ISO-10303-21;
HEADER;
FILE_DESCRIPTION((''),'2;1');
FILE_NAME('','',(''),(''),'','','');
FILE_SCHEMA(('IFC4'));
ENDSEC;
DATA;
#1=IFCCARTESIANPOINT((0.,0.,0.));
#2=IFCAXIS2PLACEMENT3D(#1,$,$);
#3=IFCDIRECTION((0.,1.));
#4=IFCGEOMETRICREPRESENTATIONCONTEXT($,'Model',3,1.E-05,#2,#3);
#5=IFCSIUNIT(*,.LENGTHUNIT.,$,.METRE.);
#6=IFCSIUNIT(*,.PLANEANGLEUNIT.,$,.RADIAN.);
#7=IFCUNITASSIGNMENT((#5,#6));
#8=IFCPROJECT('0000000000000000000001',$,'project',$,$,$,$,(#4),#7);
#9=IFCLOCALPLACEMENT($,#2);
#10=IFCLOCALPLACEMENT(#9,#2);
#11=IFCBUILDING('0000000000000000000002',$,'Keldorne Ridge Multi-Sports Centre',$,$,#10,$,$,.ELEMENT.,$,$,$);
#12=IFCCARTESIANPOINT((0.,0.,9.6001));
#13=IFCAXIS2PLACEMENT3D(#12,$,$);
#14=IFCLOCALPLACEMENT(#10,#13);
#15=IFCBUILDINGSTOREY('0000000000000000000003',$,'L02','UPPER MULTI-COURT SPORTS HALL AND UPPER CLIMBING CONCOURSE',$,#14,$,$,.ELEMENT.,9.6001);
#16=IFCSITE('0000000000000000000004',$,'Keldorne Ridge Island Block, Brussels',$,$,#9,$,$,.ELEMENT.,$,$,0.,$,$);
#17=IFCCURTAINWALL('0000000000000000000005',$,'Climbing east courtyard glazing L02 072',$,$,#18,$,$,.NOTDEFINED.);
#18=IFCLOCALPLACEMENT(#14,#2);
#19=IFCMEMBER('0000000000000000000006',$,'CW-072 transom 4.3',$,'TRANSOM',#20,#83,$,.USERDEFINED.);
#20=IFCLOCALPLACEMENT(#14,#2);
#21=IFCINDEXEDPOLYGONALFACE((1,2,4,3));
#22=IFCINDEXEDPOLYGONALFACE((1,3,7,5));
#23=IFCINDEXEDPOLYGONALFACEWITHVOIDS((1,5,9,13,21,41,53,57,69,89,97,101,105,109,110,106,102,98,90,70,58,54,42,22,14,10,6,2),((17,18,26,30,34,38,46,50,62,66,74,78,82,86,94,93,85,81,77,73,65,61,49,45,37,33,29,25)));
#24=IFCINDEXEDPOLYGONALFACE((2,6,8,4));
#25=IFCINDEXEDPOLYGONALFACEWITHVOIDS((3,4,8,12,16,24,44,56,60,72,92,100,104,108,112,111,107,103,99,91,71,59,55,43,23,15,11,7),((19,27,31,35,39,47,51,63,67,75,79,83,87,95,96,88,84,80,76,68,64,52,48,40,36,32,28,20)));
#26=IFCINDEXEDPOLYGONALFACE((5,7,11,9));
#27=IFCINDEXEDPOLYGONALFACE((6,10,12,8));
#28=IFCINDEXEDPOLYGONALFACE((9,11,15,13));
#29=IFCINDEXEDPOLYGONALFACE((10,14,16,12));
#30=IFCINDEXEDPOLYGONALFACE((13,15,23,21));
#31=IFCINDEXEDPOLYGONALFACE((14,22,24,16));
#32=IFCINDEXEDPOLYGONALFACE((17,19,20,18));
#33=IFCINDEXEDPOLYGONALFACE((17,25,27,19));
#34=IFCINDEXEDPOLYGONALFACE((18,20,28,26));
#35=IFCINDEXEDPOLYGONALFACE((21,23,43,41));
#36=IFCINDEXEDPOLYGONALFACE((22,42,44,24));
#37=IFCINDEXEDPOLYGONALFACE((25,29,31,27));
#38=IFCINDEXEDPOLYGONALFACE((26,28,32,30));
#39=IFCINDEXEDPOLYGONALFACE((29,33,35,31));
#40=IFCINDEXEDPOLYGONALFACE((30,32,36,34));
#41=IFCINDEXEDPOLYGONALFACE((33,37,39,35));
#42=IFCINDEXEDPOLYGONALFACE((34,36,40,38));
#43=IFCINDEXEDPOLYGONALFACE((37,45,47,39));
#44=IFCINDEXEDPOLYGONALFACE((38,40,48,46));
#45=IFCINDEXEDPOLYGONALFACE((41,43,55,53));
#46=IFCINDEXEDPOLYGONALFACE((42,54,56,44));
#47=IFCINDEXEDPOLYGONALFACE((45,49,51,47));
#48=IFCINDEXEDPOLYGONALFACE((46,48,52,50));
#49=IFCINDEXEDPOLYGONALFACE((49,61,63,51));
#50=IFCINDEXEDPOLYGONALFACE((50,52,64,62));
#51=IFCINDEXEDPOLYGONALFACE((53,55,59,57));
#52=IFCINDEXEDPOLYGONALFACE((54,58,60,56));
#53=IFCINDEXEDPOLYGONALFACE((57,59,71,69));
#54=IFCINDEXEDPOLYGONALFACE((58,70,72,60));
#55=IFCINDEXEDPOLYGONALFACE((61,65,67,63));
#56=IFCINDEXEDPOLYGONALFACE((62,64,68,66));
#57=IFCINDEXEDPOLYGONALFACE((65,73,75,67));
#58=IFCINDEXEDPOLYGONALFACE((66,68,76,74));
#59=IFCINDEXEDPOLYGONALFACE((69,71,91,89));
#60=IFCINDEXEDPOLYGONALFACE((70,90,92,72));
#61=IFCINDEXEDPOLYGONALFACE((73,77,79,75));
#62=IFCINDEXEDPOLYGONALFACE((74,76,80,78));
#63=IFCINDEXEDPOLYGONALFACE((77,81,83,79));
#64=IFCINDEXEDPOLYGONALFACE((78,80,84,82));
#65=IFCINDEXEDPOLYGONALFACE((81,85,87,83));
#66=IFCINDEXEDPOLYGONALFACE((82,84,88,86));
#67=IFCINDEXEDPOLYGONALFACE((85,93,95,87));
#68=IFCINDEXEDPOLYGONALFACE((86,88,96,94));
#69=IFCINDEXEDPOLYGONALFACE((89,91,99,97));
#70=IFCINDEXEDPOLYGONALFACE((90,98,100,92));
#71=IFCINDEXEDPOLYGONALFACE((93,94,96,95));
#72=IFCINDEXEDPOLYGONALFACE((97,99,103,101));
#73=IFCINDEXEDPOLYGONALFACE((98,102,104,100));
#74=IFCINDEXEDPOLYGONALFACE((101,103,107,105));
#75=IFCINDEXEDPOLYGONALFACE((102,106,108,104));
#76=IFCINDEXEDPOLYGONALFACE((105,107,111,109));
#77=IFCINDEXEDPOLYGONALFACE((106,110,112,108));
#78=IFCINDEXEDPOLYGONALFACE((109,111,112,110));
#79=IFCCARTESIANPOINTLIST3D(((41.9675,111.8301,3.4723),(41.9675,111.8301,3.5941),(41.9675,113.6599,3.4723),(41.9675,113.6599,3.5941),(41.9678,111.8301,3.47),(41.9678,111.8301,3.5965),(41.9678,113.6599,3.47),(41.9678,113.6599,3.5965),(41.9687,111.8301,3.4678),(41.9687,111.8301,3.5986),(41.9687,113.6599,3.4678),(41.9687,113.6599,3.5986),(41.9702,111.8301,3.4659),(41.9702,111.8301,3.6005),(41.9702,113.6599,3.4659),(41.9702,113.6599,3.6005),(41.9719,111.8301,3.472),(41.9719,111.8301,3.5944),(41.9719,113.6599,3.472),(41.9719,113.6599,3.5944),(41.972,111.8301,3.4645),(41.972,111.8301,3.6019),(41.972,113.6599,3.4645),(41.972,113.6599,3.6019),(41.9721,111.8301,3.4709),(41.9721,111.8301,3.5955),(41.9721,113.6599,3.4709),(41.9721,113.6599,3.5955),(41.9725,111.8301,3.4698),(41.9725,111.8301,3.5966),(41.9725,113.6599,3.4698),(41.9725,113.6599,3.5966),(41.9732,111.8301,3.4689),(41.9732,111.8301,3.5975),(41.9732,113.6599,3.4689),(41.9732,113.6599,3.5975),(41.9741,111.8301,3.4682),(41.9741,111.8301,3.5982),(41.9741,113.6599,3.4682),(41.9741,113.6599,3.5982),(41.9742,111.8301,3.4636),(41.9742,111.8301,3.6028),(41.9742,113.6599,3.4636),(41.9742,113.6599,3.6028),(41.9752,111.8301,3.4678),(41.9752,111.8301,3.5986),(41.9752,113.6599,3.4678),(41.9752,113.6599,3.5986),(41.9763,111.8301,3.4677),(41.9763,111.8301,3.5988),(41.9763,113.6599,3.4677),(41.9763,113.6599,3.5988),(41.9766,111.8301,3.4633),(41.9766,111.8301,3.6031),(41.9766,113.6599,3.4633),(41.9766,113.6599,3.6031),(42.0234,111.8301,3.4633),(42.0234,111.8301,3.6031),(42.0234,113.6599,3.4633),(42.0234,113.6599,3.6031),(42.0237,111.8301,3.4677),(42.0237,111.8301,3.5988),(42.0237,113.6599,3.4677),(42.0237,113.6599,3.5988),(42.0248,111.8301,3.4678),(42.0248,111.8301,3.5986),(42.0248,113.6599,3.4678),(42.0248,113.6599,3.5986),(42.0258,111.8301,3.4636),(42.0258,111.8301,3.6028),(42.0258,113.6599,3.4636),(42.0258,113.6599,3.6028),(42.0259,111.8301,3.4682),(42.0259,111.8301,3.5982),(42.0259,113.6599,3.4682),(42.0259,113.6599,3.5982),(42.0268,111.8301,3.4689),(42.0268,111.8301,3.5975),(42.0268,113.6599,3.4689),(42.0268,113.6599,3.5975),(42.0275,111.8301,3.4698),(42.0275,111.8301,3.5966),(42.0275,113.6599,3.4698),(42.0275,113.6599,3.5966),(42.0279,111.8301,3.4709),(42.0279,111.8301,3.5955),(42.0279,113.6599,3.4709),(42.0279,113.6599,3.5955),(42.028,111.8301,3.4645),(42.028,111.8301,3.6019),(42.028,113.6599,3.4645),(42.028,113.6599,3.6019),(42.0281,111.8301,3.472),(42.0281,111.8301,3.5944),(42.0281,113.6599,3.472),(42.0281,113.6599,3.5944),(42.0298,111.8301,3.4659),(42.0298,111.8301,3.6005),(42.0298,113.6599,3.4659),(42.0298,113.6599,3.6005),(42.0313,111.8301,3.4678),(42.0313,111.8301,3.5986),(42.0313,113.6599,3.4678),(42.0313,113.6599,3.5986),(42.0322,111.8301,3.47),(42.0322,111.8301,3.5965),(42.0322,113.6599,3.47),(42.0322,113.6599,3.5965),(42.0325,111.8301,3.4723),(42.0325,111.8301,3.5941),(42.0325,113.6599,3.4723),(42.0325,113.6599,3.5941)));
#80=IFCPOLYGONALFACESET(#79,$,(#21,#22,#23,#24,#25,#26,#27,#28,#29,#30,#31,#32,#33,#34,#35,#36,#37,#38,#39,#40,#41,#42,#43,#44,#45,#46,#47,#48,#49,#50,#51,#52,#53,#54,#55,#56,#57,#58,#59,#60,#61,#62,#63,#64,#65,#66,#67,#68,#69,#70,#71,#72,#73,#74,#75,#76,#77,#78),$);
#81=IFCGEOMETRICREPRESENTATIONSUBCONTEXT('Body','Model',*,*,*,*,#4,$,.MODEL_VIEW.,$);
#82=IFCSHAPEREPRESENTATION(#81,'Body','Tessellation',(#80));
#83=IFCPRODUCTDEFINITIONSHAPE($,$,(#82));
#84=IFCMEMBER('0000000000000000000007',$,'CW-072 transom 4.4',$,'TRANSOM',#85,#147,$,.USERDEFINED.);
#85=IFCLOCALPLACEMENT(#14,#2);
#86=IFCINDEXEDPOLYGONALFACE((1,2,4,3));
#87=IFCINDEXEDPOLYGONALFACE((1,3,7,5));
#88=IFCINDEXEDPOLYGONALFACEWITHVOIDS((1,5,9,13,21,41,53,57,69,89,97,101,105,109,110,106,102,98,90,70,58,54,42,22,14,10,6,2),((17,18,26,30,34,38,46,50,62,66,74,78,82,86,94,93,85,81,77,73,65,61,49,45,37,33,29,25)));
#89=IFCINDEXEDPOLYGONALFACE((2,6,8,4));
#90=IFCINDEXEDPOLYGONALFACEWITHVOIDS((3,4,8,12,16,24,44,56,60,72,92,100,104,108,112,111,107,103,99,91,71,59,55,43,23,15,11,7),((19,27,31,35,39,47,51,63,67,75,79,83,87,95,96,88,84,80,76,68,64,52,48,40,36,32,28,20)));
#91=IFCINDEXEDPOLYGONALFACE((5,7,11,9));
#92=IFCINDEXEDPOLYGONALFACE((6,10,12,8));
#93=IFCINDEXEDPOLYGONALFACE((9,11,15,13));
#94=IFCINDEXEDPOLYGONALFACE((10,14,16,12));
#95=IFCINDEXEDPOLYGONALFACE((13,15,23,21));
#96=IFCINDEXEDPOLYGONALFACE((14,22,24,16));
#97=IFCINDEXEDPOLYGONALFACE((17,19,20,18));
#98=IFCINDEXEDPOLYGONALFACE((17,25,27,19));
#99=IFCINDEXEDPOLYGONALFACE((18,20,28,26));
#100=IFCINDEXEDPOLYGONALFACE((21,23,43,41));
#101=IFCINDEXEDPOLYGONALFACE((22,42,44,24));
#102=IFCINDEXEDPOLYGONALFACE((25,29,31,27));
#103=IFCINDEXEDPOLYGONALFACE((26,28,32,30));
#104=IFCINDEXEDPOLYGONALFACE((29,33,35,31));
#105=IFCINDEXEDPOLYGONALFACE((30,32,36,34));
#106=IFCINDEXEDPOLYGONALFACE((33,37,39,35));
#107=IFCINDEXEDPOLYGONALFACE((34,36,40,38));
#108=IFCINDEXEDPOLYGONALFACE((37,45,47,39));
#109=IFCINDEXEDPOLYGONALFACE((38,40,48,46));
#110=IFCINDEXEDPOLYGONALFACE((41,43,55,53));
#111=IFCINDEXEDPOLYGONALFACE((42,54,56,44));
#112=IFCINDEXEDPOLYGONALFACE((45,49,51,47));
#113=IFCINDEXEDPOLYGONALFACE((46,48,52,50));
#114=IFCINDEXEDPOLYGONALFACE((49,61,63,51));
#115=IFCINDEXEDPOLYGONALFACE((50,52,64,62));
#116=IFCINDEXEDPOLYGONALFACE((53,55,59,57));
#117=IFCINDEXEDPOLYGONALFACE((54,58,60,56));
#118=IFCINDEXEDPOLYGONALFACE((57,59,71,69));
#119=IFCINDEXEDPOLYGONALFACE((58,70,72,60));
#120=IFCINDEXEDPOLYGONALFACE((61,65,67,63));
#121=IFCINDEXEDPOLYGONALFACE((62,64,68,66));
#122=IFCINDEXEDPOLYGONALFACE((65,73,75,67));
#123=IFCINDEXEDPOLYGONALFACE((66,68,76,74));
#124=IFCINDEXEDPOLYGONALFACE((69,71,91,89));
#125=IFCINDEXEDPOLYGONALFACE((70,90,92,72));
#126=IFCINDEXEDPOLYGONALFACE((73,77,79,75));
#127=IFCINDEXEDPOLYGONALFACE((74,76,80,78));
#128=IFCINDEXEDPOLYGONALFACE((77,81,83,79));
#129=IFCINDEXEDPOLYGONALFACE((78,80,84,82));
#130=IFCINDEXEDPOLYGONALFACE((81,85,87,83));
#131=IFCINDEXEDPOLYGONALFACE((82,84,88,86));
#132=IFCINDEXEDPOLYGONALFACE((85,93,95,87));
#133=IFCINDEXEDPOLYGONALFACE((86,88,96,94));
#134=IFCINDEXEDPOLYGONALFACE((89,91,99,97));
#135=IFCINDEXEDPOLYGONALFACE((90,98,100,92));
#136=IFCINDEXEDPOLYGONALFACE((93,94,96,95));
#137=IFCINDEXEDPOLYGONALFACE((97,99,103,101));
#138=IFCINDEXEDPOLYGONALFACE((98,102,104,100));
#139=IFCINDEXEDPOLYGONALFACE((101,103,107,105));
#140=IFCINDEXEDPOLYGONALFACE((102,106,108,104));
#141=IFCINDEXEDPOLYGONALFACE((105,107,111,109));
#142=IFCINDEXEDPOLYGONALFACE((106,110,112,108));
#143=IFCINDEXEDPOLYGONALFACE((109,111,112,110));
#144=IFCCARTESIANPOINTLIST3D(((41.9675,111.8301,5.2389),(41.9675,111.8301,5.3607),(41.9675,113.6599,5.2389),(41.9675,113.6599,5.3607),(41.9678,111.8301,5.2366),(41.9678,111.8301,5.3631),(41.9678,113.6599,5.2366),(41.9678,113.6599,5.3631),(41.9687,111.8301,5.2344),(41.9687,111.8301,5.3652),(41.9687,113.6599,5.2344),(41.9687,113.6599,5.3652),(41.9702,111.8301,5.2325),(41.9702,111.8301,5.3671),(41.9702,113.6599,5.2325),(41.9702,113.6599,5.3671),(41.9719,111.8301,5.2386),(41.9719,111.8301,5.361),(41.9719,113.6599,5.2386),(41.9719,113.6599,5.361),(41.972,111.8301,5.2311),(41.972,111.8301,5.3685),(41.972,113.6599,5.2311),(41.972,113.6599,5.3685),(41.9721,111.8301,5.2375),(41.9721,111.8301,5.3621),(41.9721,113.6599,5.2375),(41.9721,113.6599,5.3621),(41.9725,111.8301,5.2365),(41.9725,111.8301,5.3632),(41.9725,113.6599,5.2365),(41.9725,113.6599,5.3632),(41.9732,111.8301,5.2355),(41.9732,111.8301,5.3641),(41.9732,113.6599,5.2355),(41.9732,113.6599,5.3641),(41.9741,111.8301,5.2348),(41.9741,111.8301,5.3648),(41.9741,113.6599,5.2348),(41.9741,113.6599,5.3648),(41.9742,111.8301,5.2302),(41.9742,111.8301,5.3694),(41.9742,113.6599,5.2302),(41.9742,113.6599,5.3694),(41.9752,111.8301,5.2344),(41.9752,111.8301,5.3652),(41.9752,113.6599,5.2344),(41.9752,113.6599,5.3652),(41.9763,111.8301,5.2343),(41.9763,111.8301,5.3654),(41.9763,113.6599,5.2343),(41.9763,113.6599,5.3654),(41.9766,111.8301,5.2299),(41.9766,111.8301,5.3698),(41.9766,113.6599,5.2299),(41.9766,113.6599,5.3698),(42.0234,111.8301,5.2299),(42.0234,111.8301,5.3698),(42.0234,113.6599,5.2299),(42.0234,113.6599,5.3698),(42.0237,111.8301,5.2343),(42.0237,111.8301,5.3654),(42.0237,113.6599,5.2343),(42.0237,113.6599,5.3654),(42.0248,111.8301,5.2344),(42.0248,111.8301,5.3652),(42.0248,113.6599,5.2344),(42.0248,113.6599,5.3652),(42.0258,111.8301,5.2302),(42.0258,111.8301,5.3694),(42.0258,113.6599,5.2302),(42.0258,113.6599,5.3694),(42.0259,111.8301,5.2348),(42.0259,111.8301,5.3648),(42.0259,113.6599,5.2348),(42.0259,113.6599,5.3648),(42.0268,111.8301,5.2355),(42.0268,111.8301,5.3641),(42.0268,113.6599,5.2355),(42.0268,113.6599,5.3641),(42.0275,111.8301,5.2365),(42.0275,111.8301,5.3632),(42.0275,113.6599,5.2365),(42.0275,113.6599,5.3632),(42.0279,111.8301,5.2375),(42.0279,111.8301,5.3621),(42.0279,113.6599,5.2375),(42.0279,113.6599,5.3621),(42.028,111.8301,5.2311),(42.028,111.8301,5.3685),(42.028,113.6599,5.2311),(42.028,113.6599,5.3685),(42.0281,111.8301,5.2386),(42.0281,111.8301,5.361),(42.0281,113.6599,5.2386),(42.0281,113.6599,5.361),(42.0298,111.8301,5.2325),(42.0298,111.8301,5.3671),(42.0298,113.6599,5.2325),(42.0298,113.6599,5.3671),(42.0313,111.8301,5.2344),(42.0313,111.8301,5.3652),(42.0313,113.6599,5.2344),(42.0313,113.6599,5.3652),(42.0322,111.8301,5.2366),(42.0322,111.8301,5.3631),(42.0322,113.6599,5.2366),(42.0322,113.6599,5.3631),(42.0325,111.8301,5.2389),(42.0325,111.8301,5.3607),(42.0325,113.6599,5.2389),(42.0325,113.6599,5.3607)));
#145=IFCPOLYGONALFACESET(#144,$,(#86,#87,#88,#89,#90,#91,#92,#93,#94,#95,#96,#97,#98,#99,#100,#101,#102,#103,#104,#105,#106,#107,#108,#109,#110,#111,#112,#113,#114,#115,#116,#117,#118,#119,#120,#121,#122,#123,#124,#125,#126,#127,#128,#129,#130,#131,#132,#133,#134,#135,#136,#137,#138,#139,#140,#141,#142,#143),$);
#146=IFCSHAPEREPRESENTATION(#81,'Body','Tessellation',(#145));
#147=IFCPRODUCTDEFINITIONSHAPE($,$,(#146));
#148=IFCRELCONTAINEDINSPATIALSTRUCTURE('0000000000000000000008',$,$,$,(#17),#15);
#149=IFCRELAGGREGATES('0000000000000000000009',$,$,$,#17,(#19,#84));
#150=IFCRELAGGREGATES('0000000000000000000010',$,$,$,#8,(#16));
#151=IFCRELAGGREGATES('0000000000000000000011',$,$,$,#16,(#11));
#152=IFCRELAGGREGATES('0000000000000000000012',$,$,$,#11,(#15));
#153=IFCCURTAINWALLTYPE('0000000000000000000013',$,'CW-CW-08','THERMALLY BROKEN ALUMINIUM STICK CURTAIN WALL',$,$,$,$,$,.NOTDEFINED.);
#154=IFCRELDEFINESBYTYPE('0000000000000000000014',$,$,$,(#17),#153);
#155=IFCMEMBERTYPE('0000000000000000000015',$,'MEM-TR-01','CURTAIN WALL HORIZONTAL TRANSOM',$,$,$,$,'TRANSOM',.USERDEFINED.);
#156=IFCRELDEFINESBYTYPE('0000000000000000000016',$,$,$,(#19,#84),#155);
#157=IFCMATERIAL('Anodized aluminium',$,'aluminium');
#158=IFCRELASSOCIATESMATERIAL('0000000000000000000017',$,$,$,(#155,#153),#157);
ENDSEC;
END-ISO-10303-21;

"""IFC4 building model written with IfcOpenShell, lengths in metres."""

from ifc_helpers import new_model, si_unit, direction, frame, origin, origin_2d, place, context, subcontext, project, spatial, hollow_rectangle, extrude, material, material_profile, profile_set, type_object, element, aggregate, save


model = new_model("IFC4")

# Units and contexts
model_context = context("Model", 3, precision=1e-05, world=origin(), true_north=direction((0.0, 1.0)))
body_context = subcontext(model_context, "Body", "Model", "MODEL_VIEW")
ifc_project = project(units=[si_unit("LENGTHUNIT", "METRE"), si_unit("PLANEANGLEUNIT", "RADIAN")], contexts=[model_context])

# Site, building, storey
site_placement = place(None, origin())
site = spatial("IfcSite", under=ifc_project, at=site_placement, Name="Keldorne Ridge Island Block, Brussels", CompositionType="ELEMENT", RefElevation=0.0)
building_placement = place(site_placement, origin())
building = spatial("IfcBuilding", under=site, at=building_placement, Name="Keldorne Ridge Multi-Sports Centre", CompositionType="ELEMENT")
storey_placement = place(building_placement, frame((0.0, 0.0, 9.6001)))
storey = spatial("IfcBuildingStorey", under=building, at=storey_placement, Name="L02", Description="UPPER MULTI-COURT SPORTS HALL AND UPPER CLIMBING CONCOURSE", CompositionType="ELEMENT", Elevation=9.6001)

# Curtain wall, members
ifc_material_1 = material(Name="Anodized aluminium", Category="aluminium")
ifc_material_profile_1 = material_profile(ifc_material_1, hollow_rectangle(XDim=0.0649, YDim=0.1399, WallThickness=0.0044, InnerFilletRadius=0.0044, OuterFilletRadius=0.009, at=origin_2d()), Name="ALU TRANSOM 140x65x4.5")
ifc_profile_set_1 = profile_set([ifc_material_profile_1], Name="Anodized aluminium")
member_type_1 = type_object("IfcMemberType", Name="MEM-TR-01", Description="CURTAIN WALL HORIZONTAL TRANSOM", ElementType="TRANSOM", PredefinedType="USERDEFINED", material=ifc_profile_set_1)
curtain_wall_type_1 = type_object("IfcCurtainWallType", Name="CW-CW-08", Description="THERMALLY BROKEN ALUMINIUM STICK CURTAIN WALL", PredefinedType="NOTDEFINED", material=ifc_material_1)
curtain_wall_1_placement = place(storey_placement, origin())
curtain_wall_1 = element("IfcCurtainWall", 1, at=curtain_wall_1_placement, inside=storey, type_object=curtain_wall_type_1, Name="Climbing east courtyard glazing L02 072", PredefinedType="NOTDEFINED")
member_1_placement = place(storey_placement, frame((42.0, 111.8301, 3.5332), z_axis=(0.0, 1.0, 0.0), x_axis=(-1.0, 0.0, 0.0)))
member_1 = element("IfcMember", 2, at=member_1_placement, type_object=member_type_1, Name="CW-072 transom 4.3", ObjectType="TRANSOM", PredefinedType="USERDEFINED", context=body_context, shape_type="SweptSolid", body=[
    extrude(hollow_rectangle(XDim=0.0649, YDim=0.1399, WallThickness=0.0044, InnerFilletRadius=0.0044, OuterFilletRadius=0.009, at=origin_2d()), origin(), (0.0, 0.0, 1.0), 1.8298),
])
member_2_placement = place(storey_placement, frame((42.0, 111.8301, 5.2998), z_axis=(0.0, 1.0, 0.0), x_axis=(-1.0, 0.0, 0.0)))
member_2 = element("IfcMember", 3, at=member_2_placement, type_object=member_type_1, Name="CW-072 transom 4.4", ObjectType="TRANSOM", PredefinedType="USERDEFINED", context=body_context, shape_type="SweptSolid", body=[
    extrude(hollow_rectangle(XDim=0.0649, YDim=0.1399, WallThickness=0.0044, InnerFilletRadius=0.0044, OuterFilletRadius=0.009, at=origin_2d()), origin(), (0.0, 0.0, 1.0), 1.8298),
])

aggregate(curtain_wall_1, [member_1, member_2])

save(model, "model.ifc")
